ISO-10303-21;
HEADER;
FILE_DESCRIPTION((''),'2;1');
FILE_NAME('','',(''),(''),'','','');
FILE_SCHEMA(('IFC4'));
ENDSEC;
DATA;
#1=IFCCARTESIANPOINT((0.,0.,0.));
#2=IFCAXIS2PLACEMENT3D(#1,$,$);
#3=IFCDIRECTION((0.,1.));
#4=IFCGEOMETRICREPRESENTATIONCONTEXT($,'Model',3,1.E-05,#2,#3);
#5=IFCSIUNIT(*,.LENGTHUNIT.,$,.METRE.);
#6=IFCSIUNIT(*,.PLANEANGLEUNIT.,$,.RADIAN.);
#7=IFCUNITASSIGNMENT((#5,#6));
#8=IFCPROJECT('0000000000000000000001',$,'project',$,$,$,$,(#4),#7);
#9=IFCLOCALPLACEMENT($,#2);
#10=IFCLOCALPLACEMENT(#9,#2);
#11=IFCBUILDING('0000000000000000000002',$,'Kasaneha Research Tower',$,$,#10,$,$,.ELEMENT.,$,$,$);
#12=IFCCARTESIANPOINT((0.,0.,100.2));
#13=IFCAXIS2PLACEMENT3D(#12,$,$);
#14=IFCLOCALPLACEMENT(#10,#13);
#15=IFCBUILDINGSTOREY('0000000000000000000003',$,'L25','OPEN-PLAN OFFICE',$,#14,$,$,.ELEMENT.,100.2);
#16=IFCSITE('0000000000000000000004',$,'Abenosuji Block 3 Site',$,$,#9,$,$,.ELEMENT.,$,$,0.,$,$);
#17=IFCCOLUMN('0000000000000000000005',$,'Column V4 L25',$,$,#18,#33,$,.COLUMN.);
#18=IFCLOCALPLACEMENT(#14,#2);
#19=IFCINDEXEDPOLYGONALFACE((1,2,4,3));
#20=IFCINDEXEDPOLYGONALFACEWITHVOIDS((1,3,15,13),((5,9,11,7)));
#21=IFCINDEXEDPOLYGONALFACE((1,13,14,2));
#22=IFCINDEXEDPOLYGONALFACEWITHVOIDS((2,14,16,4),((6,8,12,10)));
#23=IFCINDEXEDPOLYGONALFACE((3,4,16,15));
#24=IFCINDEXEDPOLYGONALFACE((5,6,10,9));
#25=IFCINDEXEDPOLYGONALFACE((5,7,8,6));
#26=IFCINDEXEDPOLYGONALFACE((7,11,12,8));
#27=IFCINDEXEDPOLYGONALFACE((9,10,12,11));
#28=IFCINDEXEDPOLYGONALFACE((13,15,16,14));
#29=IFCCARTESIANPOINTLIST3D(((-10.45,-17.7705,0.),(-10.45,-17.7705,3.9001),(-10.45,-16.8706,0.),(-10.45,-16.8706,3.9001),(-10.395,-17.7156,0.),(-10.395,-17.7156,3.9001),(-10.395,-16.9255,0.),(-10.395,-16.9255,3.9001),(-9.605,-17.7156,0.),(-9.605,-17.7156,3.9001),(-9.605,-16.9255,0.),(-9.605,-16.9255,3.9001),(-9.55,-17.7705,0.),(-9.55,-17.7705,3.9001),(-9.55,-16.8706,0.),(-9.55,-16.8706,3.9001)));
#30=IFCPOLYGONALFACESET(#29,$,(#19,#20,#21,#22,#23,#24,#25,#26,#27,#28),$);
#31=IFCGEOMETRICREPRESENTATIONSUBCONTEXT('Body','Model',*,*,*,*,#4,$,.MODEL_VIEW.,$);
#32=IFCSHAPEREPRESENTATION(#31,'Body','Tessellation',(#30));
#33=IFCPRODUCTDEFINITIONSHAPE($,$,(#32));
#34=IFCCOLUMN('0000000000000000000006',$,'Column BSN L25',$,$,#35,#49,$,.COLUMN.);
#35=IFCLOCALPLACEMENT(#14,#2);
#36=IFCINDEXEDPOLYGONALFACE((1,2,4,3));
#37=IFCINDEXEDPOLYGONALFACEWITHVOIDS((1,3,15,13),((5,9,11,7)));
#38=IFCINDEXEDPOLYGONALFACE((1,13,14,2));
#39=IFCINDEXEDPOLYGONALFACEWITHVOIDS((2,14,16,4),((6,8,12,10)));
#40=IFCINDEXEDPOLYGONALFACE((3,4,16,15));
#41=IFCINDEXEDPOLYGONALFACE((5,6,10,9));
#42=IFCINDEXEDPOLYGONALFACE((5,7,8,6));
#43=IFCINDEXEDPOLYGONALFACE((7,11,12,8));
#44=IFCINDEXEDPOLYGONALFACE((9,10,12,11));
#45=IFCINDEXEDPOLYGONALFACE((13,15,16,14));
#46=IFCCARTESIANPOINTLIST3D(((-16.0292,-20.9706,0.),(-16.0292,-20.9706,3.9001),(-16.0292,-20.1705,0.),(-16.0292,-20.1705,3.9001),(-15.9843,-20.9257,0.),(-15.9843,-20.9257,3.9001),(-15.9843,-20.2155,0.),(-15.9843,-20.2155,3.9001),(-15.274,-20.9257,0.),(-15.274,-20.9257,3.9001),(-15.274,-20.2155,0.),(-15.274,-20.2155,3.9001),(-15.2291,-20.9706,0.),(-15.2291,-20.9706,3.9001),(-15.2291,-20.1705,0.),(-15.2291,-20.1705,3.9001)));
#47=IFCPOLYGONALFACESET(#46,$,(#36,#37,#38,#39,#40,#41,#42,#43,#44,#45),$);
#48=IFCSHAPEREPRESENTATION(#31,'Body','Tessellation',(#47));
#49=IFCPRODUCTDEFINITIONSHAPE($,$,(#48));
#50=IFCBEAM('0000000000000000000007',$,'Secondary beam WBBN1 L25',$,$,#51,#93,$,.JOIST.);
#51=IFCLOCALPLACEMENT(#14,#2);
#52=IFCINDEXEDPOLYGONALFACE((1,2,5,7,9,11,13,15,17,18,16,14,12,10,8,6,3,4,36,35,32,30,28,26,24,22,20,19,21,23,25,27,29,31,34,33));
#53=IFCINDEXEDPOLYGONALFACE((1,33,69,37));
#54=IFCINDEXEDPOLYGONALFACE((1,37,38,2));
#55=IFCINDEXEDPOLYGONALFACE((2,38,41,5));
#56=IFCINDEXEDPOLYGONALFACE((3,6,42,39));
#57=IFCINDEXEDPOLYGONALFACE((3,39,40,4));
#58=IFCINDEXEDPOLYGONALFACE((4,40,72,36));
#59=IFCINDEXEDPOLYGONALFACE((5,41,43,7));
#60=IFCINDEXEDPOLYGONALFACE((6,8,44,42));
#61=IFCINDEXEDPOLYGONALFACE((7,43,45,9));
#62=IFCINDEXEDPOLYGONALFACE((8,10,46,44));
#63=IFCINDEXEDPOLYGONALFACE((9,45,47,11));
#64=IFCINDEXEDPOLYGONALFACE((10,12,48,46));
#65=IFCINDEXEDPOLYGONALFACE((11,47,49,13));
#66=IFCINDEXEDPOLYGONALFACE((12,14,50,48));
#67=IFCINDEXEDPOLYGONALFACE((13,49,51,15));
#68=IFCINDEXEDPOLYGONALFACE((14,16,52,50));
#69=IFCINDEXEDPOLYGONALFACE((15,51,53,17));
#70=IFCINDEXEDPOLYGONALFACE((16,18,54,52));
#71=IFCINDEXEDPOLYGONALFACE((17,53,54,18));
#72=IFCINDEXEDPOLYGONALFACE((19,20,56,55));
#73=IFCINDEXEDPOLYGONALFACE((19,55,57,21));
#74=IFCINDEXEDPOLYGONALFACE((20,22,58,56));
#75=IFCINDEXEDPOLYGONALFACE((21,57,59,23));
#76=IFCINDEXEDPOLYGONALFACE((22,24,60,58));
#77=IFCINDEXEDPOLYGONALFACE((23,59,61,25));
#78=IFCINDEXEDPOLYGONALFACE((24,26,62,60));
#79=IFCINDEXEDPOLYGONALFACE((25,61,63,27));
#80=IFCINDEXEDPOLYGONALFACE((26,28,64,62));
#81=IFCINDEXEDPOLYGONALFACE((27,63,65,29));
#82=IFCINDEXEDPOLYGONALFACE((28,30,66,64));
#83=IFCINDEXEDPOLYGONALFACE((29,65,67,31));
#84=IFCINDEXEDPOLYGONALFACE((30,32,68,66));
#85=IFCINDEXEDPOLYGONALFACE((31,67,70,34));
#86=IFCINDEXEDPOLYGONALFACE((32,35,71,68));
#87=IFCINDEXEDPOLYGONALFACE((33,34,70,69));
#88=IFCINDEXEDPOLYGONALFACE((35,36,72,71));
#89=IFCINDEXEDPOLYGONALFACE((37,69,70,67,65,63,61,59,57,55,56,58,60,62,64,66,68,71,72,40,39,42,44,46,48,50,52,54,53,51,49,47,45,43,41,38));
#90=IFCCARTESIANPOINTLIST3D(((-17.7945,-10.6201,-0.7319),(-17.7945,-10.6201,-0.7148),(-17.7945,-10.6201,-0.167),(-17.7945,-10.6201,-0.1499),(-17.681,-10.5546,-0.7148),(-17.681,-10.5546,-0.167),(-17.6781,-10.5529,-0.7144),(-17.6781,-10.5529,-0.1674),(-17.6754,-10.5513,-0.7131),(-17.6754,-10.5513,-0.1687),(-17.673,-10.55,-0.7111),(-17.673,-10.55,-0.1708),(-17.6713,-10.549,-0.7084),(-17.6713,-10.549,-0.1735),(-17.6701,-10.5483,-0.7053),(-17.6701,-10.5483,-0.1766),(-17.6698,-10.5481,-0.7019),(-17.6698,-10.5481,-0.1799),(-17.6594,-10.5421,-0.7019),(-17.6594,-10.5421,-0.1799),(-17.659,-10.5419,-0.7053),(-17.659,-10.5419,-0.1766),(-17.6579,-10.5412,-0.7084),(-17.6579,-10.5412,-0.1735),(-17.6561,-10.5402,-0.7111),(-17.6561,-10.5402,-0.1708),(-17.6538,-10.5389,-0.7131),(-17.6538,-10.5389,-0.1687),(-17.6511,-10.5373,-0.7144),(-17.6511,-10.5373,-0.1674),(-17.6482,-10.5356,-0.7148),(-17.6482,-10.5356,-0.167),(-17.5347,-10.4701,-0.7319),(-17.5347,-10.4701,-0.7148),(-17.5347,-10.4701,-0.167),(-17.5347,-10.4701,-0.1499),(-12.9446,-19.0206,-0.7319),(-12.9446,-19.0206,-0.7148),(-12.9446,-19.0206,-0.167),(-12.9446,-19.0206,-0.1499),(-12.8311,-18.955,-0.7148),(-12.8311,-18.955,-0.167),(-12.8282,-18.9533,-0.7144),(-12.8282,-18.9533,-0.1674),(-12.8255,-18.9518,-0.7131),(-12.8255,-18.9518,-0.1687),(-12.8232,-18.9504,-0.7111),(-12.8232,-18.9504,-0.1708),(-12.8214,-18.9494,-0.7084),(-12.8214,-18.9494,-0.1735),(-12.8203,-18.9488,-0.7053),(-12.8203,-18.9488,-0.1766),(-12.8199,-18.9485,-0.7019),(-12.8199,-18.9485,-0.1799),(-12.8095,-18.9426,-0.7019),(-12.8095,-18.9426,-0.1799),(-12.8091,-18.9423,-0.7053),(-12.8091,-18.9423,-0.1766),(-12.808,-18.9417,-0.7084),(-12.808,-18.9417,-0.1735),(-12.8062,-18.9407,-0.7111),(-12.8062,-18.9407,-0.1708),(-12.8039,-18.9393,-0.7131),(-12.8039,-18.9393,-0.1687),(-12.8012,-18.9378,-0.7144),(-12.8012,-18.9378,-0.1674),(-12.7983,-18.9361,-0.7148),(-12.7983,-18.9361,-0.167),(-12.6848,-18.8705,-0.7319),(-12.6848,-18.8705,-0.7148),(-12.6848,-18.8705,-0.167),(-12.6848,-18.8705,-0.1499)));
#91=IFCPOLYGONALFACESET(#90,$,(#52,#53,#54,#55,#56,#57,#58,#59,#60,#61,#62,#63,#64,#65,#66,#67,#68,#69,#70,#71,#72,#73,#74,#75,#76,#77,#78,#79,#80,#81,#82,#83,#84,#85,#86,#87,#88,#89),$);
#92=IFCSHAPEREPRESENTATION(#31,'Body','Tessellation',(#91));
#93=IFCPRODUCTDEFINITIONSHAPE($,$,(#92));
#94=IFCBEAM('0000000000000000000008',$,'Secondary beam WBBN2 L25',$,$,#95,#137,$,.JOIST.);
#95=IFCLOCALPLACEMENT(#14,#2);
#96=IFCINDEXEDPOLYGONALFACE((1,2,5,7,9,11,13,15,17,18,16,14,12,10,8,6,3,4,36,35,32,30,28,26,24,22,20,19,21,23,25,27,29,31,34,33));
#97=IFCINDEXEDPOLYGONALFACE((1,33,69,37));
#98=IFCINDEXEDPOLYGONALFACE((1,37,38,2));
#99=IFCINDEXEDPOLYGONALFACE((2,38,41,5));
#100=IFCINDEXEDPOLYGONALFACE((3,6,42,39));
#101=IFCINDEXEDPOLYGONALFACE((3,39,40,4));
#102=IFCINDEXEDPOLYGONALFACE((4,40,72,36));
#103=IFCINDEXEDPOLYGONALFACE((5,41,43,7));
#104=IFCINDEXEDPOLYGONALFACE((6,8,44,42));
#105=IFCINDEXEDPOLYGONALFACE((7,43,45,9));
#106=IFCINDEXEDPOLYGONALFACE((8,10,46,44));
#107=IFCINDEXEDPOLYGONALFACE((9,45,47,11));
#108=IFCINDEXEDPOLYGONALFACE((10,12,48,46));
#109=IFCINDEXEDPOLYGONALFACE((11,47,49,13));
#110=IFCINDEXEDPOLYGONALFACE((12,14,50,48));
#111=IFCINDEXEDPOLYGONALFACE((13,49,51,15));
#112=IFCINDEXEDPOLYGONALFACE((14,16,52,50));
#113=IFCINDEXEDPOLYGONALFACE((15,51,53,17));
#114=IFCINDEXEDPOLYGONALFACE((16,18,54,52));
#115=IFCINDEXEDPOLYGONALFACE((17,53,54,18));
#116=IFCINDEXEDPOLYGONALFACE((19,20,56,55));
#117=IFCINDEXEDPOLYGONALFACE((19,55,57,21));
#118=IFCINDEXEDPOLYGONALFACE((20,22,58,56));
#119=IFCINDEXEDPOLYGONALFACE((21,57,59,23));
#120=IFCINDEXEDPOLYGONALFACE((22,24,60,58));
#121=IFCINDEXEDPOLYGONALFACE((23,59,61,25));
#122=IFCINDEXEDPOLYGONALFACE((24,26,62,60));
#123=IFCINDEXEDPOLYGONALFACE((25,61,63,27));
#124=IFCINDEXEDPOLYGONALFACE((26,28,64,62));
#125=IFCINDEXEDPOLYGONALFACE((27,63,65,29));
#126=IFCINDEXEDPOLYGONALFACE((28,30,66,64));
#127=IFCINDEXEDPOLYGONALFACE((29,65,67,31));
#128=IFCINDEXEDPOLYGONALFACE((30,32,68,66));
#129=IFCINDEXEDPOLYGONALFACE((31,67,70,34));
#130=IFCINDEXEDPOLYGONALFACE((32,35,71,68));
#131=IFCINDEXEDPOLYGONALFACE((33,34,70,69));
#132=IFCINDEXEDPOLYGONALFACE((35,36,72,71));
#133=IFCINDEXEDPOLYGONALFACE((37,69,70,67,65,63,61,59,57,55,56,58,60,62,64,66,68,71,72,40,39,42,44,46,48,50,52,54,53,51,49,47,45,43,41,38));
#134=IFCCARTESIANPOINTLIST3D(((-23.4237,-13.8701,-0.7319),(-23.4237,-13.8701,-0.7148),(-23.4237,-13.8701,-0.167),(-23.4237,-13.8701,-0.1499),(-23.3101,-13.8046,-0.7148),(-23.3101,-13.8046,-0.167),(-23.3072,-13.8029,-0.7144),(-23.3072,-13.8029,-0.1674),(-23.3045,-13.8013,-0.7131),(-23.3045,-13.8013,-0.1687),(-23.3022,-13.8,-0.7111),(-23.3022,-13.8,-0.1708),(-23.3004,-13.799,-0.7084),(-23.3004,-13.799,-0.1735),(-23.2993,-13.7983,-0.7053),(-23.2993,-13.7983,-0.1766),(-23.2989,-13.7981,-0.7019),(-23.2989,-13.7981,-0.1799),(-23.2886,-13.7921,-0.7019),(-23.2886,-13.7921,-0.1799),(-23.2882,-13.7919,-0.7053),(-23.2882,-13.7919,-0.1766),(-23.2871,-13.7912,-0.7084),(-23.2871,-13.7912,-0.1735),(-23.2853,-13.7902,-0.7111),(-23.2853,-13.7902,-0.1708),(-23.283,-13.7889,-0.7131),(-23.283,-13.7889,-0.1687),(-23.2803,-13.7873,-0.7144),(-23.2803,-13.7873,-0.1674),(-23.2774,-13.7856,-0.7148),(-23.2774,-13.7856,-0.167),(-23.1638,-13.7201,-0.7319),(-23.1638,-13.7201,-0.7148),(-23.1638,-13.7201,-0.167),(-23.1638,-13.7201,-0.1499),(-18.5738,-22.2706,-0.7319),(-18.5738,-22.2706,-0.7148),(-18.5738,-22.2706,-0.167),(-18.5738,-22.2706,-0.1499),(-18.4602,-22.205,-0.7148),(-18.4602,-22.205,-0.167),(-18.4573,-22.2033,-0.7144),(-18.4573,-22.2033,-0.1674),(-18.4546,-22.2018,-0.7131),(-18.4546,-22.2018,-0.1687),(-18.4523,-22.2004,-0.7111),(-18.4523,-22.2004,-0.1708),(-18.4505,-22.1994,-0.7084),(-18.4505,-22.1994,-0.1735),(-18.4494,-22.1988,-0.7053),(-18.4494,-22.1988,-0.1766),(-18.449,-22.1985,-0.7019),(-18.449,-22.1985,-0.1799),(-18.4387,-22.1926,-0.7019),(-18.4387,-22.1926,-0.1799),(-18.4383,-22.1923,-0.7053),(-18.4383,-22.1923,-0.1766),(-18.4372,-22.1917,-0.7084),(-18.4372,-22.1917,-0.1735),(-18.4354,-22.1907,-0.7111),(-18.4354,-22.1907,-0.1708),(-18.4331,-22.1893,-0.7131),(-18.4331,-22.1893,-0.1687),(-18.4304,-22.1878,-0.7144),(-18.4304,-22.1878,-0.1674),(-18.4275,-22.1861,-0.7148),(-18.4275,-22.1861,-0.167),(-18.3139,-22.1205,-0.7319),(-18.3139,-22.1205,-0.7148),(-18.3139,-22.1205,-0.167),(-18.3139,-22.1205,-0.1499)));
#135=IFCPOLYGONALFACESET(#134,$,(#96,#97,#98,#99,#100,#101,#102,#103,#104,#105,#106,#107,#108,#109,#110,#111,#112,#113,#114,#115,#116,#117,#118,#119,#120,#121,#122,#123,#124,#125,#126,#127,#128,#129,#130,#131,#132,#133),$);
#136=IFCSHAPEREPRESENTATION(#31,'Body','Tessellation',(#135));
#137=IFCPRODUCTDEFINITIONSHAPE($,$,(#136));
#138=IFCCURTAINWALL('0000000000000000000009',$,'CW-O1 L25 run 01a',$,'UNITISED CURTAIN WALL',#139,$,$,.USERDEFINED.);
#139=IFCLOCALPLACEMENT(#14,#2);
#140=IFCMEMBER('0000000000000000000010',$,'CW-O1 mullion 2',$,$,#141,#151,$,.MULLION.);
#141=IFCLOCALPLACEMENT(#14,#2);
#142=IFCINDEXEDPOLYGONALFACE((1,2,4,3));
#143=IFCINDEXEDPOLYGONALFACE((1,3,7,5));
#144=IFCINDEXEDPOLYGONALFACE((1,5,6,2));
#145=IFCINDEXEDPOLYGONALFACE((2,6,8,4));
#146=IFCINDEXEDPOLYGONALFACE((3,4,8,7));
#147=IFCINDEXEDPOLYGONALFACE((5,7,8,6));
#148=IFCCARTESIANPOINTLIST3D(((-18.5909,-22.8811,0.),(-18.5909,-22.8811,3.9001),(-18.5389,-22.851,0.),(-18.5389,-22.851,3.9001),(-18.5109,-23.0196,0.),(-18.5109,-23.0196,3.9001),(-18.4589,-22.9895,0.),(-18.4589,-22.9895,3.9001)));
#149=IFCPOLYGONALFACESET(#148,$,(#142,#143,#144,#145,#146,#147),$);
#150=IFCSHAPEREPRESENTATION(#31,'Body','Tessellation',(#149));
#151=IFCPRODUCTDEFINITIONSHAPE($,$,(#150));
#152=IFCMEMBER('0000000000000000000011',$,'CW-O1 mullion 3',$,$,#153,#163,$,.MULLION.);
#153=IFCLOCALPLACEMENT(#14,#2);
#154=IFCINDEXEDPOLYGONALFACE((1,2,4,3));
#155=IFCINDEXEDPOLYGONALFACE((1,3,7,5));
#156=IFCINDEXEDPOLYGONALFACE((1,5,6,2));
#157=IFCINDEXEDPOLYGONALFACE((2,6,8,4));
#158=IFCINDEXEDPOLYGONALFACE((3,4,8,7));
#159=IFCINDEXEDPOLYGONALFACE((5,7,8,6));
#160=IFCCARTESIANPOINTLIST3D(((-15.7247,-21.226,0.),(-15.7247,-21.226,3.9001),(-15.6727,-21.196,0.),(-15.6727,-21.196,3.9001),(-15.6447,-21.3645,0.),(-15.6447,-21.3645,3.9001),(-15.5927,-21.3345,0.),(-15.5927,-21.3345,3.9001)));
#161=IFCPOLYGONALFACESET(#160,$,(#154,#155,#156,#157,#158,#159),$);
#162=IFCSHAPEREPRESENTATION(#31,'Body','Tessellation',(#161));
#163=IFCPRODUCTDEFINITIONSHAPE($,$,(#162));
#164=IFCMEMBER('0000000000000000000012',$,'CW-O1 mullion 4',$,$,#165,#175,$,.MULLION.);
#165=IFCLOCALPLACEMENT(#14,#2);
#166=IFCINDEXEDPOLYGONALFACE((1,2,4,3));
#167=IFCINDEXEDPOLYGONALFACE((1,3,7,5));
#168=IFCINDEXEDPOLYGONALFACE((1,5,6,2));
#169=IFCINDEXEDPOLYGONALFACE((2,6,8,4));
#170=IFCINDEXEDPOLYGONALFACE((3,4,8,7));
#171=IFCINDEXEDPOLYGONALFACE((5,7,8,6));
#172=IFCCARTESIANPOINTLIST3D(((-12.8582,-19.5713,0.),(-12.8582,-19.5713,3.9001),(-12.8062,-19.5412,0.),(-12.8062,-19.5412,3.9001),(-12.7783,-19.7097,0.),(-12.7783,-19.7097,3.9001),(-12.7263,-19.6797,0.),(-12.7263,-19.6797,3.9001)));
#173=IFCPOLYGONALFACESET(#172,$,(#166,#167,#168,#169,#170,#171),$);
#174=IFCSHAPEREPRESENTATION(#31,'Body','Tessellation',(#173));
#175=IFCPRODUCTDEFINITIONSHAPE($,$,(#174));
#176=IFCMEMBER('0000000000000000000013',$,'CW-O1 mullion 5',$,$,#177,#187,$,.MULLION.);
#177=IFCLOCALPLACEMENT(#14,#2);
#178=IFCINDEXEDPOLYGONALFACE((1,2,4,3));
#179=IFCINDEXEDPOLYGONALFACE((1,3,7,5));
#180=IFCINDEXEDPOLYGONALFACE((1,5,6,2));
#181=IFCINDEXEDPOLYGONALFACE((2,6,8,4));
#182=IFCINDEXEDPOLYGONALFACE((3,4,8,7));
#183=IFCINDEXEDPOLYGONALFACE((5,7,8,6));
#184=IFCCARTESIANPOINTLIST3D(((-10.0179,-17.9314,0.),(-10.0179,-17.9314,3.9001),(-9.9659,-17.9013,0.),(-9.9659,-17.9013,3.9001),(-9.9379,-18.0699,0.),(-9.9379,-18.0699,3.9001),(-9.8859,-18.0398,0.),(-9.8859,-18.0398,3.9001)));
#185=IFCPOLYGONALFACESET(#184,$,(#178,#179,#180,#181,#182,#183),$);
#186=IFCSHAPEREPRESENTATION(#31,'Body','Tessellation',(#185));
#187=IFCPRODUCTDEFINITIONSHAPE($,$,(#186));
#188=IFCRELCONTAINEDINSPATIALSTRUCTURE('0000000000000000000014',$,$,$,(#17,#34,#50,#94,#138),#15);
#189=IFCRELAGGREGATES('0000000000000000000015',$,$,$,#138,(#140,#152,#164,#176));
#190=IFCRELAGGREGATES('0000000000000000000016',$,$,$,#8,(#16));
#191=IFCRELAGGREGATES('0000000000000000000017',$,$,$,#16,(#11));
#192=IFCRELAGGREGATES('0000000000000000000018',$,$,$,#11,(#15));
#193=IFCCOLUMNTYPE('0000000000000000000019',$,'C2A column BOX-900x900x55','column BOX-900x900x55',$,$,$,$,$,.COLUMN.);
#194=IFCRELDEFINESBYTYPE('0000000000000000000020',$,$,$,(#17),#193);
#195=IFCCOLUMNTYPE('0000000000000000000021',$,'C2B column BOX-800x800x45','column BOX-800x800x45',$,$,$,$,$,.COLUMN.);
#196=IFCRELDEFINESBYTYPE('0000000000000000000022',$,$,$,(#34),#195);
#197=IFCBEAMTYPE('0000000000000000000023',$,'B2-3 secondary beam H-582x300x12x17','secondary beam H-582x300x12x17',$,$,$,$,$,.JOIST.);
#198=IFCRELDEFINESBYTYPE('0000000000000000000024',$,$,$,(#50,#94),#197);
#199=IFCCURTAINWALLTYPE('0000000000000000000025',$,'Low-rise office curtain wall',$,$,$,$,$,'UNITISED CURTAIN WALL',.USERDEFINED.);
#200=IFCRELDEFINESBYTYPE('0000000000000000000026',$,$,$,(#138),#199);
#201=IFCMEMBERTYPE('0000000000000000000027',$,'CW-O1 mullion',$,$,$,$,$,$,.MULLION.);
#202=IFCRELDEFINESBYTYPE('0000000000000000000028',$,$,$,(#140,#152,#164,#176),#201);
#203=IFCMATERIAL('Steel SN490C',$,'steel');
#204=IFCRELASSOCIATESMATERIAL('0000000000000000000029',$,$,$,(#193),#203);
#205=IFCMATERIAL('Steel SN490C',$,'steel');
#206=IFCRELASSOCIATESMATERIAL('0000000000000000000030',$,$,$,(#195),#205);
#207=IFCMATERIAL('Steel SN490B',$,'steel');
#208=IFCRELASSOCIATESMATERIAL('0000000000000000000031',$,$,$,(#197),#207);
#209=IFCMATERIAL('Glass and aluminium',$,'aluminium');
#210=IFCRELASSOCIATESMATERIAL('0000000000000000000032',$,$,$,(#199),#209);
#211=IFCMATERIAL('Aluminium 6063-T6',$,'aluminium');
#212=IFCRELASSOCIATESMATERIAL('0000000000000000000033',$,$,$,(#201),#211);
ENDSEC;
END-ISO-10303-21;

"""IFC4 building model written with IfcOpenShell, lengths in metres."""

from ifc_helpers import new_model, si_unit, direction, frame, origin, origin_2d, place, context, subcontext, project, spatial, rectangle, hollow_rectangle, i_section, extrude, material, material_profile, profile_set, type_object, element, aggregate, save


model = new_model("IFC4")

# Units and contexts
model_context = context("Model", 3, precision=1e-05, world=origin(), true_north=direction((0.0, 1.0)))
body_context = subcontext(model_context, "Body", "Model", "MODEL_VIEW")
ifc_project = project(units=[si_unit("LENGTHUNIT", "METRE"), si_unit("PLANEANGLEUNIT", "RADIAN")], contexts=[model_context])

# Site, building, storey
site_placement = place(None, origin())
site = spatial("IfcSite", under=ifc_project, at=site_placement, Name="Abenosuji Block 3 Site", CompositionType="ELEMENT", RefElevation=0.0)
building_placement = place(site_placement, origin())
building = spatial("IfcBuilding", under=site, at=building_placement, Name="Kasaneha Research Tower", CompositionType="ELEMENT")
storey_placement = place(building_placement, frame((0.0, 0.0, 100.2)))
storey = spatial("IfcBuildingStorey", under=building, at=storey_placement, Name="L25", Description="OPEN-PLAN OFFICE", CompositionType="ELEMENT", Elevation=100.2)

# Columns
ifc_material_1 = material(Name="Steel SN490C", Category="steel")
ifc_material_profile_1 = material_profile(ifc_material_1, hollow_rectangle(XDim=0.8999, YDim=0.8999, WallThickness=0.0549, at=origin_2d()), Name="BOX-900x900x55")
ifc_profile_set_1 = profile_set([ifc_material_profile_1], Name="Steel SN490C")
column_type_1 = type_object("IfcColumnType", Name="C2A column BOX-900x900x55", Description="column BOX-900x900x55", PredefinedType="COLUMN", material=ifc_profile_set_1)
column_1_placement = place(storey_placement, frame((-10.0, -17.3206, 0.0), z_axis=(0.0, 0.0, 1.0), x_axis=(1.0, 0.0, 0.0)))
element("IfcColumn", 1, at=column_1_placement, inside=storey, type_object=column_type_1, Name="Column V4 L25", PredefinedType="COLUMN", context=body_context, shape_type="SweptSolid", body=[
    extrude(hollow_rectangle(XDim=0.8999, YDim=0.8999, WallThickness=0.0549, at=origin_2d()), origin(), (0.0, 0.0, 1.0), 3.9001),
])
ifc_material_2 = material(Name="Steel SN490C", Category="steel")
ifc_material_profile_2 = material_profile(ifc_material_2, hollow_rectangle(XDim=0.8, YDim=0.8, WallThickness=0.0449, at=origin_2d()), Name="BOX-800x800x45")
ifc_profile_set_2 = profile_set([ifc_material_profile_2], Name="Steel SN490C")
column_type_2 = type_object("IfcColumnType", Name="C2B column BOX-800x800x45", Description="column BOX-800x800x45", PredefinedType="COLUMN", material=ifc_profile_set_2)
column_2_placement = place(storey_placement, frame((-15.6292, -20.5706, 0.0), z_axis=(0.0, 0.0, 1.0), x_axis=(1.0, 0.0, 0.0)))
element("IfcColumn", 2, at=column_2_placement, inside=storey, type_object=column_type_2, Name="Column BSN L25", PredefinedType="COLUMN", context=body_context, shape_type="SweptSolid", body=[
    extrude(hollow_rectangle(XDim=0.8, YDim=0.8, WallThickness=0.0449, at=origin_2d()), origin(), (0.0, 0.0, 1.0), 3.9001),
])

# Beams
ifc_material_3 = material(Name="Steel SN490B", Category="steel")
ifc_material_profile_3 = material_profile(ifc_material_3, i_section(OverallWidth=0.3, OverallDepth=0.582, WebThickness=0.012, FlangeThickness=0.0171, FilletRadius=0.0129, at=origin_2d()), Name="H-582x300x12x17")
ifc_profile_set_3 = profile_set([ifc_material_profile_3], Name="Steel SN490B")
beam_type_1 = type_object("IfcBeamType", Name="B2-3 secondary beam H-582x300x12x17", Description="secondary beam H-582x300x12x17", PredefinedType="JOIST", material=ifc_profile_set_3)
for number, where, z_axis, x_axis, name in (
    (3, (-12.8147, -18.9456, -0.4409), (-0.499991, 0.866031, 0.0), (-0.866031, -0.499991, 0.0), "Secondary beam WBBN1 L25"),
    (4, (-18.4438, -22.1956, -0.4409), (-0.499991, 0.866031, 0.0), (-0.866031, -0.499991, 0.0), "Secondary beam WBBN2 L25"),
):
    element("IfcBeam", number, at=place(storey_placement, frame(where, z_axis=z_axis, x_axis=x_axis)), inside=storey, type_object=beam_type_1, Name=name, PredefinedType="JOIST", context=body_context, shape_type="SweptSolid", body=[
        extrude(i_section(OverallWidth=0.3, OverallDepth=0.582, WebThickness=0.012, FlangeThickness=0.0171, FilletRadius=0.0129, at=origin_2d()), origin(), (0.0, 0.0, 1.0), 9.7),
    ])

# Curtain wall, members
ifc_material_4 = material(Name="Glass and aluminium", Category="aluminium")
curtain_wall_type = type_object("IfcCurtainWallType", Name="Low-rise office curtain wall", ElementType="UNITISED CURTAIN WALL", PredefinedType="USERDEFINED", material=ifc_material_4)
curtain_wall_1_placement = place(storey_placement, origin())
curtain_wall_1 = element("IfcCurtainWall", 5, at=curtain_wall_1_placement, inside=storey, type_object=curtain_wall_type, Name="CW-O1 L25 run 01a", ObjectType="UNITISED CURTAIN WALL", PredefinedType="USERDEFINED")
ifc_material_5 = material(Name="Aluminium 6063-T6", Category="aluminium")
ifc_material_profile_4 = material_profile(ifc_material_5, rectangle(XDim=0.0601, YDim=0.1599, at=origin_2d()), Name="CW-O1 mullion 60x160")
ifc_profile_set_4 = profile_set([ifc_material_profile_4], Name="Aluminium 6063-T6")
member_type_1 = type_object("IfcMemberType", Name="CW-O1 mullion", PredefinedType="MULLION", material=ifc_profile_set_4)
member_1_placement = place(storey_placement, frame((-18.5249, -22.9353, 0.0), z_axis=(0.0, 0.0, 1.0), x_axis=(0.866025, 0.5, 0.0)))
member_1 = element("IfcMember", 6, at=member_1_placement, type_object=member_type_1, Name="CW-O1 mullion 2", PredefinedType="MULLION", context=body_context, shape_type="SweptSolid", body=[
    extrude(rectangle(XDim=0.0601, YDim=0.1599, at=origin_2d()), origin(), (0.0, 0.0, 1.0), 3.9001),
])
member_2_placement = place(storey_placement, frame((-15.6587, -21.2803, 0.0), z_axis=(0.0, 0.0, 1.0), x_axis=(0.866025, 0.5, 0.0)))
member_2 = element("IfcMember", 7, at=member_2_placement, type_object=member_type_1, Name="CW-O1 mullion 3", PredefinedType="MULLION", context=body_context, shape_type="SweptSolid", body=[
    extrude(rectangle(XDim=0.0601, YDim=0.1599, at=origin_2d()), origin(), (0.0, 0.0, 1.0), 3.9001),
])
member_3_placement = place(storey_placement, frame((-12.7922, -19.6255, 0.0), z_axis=(0.0, 0.0, 1.0), x_axis=(0.866025, 0.5, 0.0)))
member_3 = element("IfcMember", 8, at=member_3_placement, type_object=member_type_1, Name="CW-O1 mullion 4", PredefinedType="MULLION", context=body_context, shape_type="SweptSolid", body=[
    extrude(rectangle(XDim=0.0601, YDim=0.1599, at=origin_2d()), origin(), (0.0, 0.0, 1.0), 3.9001),
])
member_4_placement = place(storey_placement, frame((-9.9519, -17.9856, 0.0), z_axis=(0.0, 0.0, 1.0), x_axis=(0.866025, 0.5, 0.0)))
member_4 = element("IfcMember", 9, at=member_4_placement, type_object=member_type_1, Name="CW-O1 mullion 5", PredefinedType="MULLION", context=body_context, shape_type="SweptSolid", body=[
    extrude(rectangle(XDim=0.0601, YDim=0.1599, at=origin_2d()), origin(), (0.0, 0.0, 1.0), 3.9001),
])

aggregate(curtain_wall_1, [member_1, member_2, member_3, member_4])

save(model, "model.ifc")
